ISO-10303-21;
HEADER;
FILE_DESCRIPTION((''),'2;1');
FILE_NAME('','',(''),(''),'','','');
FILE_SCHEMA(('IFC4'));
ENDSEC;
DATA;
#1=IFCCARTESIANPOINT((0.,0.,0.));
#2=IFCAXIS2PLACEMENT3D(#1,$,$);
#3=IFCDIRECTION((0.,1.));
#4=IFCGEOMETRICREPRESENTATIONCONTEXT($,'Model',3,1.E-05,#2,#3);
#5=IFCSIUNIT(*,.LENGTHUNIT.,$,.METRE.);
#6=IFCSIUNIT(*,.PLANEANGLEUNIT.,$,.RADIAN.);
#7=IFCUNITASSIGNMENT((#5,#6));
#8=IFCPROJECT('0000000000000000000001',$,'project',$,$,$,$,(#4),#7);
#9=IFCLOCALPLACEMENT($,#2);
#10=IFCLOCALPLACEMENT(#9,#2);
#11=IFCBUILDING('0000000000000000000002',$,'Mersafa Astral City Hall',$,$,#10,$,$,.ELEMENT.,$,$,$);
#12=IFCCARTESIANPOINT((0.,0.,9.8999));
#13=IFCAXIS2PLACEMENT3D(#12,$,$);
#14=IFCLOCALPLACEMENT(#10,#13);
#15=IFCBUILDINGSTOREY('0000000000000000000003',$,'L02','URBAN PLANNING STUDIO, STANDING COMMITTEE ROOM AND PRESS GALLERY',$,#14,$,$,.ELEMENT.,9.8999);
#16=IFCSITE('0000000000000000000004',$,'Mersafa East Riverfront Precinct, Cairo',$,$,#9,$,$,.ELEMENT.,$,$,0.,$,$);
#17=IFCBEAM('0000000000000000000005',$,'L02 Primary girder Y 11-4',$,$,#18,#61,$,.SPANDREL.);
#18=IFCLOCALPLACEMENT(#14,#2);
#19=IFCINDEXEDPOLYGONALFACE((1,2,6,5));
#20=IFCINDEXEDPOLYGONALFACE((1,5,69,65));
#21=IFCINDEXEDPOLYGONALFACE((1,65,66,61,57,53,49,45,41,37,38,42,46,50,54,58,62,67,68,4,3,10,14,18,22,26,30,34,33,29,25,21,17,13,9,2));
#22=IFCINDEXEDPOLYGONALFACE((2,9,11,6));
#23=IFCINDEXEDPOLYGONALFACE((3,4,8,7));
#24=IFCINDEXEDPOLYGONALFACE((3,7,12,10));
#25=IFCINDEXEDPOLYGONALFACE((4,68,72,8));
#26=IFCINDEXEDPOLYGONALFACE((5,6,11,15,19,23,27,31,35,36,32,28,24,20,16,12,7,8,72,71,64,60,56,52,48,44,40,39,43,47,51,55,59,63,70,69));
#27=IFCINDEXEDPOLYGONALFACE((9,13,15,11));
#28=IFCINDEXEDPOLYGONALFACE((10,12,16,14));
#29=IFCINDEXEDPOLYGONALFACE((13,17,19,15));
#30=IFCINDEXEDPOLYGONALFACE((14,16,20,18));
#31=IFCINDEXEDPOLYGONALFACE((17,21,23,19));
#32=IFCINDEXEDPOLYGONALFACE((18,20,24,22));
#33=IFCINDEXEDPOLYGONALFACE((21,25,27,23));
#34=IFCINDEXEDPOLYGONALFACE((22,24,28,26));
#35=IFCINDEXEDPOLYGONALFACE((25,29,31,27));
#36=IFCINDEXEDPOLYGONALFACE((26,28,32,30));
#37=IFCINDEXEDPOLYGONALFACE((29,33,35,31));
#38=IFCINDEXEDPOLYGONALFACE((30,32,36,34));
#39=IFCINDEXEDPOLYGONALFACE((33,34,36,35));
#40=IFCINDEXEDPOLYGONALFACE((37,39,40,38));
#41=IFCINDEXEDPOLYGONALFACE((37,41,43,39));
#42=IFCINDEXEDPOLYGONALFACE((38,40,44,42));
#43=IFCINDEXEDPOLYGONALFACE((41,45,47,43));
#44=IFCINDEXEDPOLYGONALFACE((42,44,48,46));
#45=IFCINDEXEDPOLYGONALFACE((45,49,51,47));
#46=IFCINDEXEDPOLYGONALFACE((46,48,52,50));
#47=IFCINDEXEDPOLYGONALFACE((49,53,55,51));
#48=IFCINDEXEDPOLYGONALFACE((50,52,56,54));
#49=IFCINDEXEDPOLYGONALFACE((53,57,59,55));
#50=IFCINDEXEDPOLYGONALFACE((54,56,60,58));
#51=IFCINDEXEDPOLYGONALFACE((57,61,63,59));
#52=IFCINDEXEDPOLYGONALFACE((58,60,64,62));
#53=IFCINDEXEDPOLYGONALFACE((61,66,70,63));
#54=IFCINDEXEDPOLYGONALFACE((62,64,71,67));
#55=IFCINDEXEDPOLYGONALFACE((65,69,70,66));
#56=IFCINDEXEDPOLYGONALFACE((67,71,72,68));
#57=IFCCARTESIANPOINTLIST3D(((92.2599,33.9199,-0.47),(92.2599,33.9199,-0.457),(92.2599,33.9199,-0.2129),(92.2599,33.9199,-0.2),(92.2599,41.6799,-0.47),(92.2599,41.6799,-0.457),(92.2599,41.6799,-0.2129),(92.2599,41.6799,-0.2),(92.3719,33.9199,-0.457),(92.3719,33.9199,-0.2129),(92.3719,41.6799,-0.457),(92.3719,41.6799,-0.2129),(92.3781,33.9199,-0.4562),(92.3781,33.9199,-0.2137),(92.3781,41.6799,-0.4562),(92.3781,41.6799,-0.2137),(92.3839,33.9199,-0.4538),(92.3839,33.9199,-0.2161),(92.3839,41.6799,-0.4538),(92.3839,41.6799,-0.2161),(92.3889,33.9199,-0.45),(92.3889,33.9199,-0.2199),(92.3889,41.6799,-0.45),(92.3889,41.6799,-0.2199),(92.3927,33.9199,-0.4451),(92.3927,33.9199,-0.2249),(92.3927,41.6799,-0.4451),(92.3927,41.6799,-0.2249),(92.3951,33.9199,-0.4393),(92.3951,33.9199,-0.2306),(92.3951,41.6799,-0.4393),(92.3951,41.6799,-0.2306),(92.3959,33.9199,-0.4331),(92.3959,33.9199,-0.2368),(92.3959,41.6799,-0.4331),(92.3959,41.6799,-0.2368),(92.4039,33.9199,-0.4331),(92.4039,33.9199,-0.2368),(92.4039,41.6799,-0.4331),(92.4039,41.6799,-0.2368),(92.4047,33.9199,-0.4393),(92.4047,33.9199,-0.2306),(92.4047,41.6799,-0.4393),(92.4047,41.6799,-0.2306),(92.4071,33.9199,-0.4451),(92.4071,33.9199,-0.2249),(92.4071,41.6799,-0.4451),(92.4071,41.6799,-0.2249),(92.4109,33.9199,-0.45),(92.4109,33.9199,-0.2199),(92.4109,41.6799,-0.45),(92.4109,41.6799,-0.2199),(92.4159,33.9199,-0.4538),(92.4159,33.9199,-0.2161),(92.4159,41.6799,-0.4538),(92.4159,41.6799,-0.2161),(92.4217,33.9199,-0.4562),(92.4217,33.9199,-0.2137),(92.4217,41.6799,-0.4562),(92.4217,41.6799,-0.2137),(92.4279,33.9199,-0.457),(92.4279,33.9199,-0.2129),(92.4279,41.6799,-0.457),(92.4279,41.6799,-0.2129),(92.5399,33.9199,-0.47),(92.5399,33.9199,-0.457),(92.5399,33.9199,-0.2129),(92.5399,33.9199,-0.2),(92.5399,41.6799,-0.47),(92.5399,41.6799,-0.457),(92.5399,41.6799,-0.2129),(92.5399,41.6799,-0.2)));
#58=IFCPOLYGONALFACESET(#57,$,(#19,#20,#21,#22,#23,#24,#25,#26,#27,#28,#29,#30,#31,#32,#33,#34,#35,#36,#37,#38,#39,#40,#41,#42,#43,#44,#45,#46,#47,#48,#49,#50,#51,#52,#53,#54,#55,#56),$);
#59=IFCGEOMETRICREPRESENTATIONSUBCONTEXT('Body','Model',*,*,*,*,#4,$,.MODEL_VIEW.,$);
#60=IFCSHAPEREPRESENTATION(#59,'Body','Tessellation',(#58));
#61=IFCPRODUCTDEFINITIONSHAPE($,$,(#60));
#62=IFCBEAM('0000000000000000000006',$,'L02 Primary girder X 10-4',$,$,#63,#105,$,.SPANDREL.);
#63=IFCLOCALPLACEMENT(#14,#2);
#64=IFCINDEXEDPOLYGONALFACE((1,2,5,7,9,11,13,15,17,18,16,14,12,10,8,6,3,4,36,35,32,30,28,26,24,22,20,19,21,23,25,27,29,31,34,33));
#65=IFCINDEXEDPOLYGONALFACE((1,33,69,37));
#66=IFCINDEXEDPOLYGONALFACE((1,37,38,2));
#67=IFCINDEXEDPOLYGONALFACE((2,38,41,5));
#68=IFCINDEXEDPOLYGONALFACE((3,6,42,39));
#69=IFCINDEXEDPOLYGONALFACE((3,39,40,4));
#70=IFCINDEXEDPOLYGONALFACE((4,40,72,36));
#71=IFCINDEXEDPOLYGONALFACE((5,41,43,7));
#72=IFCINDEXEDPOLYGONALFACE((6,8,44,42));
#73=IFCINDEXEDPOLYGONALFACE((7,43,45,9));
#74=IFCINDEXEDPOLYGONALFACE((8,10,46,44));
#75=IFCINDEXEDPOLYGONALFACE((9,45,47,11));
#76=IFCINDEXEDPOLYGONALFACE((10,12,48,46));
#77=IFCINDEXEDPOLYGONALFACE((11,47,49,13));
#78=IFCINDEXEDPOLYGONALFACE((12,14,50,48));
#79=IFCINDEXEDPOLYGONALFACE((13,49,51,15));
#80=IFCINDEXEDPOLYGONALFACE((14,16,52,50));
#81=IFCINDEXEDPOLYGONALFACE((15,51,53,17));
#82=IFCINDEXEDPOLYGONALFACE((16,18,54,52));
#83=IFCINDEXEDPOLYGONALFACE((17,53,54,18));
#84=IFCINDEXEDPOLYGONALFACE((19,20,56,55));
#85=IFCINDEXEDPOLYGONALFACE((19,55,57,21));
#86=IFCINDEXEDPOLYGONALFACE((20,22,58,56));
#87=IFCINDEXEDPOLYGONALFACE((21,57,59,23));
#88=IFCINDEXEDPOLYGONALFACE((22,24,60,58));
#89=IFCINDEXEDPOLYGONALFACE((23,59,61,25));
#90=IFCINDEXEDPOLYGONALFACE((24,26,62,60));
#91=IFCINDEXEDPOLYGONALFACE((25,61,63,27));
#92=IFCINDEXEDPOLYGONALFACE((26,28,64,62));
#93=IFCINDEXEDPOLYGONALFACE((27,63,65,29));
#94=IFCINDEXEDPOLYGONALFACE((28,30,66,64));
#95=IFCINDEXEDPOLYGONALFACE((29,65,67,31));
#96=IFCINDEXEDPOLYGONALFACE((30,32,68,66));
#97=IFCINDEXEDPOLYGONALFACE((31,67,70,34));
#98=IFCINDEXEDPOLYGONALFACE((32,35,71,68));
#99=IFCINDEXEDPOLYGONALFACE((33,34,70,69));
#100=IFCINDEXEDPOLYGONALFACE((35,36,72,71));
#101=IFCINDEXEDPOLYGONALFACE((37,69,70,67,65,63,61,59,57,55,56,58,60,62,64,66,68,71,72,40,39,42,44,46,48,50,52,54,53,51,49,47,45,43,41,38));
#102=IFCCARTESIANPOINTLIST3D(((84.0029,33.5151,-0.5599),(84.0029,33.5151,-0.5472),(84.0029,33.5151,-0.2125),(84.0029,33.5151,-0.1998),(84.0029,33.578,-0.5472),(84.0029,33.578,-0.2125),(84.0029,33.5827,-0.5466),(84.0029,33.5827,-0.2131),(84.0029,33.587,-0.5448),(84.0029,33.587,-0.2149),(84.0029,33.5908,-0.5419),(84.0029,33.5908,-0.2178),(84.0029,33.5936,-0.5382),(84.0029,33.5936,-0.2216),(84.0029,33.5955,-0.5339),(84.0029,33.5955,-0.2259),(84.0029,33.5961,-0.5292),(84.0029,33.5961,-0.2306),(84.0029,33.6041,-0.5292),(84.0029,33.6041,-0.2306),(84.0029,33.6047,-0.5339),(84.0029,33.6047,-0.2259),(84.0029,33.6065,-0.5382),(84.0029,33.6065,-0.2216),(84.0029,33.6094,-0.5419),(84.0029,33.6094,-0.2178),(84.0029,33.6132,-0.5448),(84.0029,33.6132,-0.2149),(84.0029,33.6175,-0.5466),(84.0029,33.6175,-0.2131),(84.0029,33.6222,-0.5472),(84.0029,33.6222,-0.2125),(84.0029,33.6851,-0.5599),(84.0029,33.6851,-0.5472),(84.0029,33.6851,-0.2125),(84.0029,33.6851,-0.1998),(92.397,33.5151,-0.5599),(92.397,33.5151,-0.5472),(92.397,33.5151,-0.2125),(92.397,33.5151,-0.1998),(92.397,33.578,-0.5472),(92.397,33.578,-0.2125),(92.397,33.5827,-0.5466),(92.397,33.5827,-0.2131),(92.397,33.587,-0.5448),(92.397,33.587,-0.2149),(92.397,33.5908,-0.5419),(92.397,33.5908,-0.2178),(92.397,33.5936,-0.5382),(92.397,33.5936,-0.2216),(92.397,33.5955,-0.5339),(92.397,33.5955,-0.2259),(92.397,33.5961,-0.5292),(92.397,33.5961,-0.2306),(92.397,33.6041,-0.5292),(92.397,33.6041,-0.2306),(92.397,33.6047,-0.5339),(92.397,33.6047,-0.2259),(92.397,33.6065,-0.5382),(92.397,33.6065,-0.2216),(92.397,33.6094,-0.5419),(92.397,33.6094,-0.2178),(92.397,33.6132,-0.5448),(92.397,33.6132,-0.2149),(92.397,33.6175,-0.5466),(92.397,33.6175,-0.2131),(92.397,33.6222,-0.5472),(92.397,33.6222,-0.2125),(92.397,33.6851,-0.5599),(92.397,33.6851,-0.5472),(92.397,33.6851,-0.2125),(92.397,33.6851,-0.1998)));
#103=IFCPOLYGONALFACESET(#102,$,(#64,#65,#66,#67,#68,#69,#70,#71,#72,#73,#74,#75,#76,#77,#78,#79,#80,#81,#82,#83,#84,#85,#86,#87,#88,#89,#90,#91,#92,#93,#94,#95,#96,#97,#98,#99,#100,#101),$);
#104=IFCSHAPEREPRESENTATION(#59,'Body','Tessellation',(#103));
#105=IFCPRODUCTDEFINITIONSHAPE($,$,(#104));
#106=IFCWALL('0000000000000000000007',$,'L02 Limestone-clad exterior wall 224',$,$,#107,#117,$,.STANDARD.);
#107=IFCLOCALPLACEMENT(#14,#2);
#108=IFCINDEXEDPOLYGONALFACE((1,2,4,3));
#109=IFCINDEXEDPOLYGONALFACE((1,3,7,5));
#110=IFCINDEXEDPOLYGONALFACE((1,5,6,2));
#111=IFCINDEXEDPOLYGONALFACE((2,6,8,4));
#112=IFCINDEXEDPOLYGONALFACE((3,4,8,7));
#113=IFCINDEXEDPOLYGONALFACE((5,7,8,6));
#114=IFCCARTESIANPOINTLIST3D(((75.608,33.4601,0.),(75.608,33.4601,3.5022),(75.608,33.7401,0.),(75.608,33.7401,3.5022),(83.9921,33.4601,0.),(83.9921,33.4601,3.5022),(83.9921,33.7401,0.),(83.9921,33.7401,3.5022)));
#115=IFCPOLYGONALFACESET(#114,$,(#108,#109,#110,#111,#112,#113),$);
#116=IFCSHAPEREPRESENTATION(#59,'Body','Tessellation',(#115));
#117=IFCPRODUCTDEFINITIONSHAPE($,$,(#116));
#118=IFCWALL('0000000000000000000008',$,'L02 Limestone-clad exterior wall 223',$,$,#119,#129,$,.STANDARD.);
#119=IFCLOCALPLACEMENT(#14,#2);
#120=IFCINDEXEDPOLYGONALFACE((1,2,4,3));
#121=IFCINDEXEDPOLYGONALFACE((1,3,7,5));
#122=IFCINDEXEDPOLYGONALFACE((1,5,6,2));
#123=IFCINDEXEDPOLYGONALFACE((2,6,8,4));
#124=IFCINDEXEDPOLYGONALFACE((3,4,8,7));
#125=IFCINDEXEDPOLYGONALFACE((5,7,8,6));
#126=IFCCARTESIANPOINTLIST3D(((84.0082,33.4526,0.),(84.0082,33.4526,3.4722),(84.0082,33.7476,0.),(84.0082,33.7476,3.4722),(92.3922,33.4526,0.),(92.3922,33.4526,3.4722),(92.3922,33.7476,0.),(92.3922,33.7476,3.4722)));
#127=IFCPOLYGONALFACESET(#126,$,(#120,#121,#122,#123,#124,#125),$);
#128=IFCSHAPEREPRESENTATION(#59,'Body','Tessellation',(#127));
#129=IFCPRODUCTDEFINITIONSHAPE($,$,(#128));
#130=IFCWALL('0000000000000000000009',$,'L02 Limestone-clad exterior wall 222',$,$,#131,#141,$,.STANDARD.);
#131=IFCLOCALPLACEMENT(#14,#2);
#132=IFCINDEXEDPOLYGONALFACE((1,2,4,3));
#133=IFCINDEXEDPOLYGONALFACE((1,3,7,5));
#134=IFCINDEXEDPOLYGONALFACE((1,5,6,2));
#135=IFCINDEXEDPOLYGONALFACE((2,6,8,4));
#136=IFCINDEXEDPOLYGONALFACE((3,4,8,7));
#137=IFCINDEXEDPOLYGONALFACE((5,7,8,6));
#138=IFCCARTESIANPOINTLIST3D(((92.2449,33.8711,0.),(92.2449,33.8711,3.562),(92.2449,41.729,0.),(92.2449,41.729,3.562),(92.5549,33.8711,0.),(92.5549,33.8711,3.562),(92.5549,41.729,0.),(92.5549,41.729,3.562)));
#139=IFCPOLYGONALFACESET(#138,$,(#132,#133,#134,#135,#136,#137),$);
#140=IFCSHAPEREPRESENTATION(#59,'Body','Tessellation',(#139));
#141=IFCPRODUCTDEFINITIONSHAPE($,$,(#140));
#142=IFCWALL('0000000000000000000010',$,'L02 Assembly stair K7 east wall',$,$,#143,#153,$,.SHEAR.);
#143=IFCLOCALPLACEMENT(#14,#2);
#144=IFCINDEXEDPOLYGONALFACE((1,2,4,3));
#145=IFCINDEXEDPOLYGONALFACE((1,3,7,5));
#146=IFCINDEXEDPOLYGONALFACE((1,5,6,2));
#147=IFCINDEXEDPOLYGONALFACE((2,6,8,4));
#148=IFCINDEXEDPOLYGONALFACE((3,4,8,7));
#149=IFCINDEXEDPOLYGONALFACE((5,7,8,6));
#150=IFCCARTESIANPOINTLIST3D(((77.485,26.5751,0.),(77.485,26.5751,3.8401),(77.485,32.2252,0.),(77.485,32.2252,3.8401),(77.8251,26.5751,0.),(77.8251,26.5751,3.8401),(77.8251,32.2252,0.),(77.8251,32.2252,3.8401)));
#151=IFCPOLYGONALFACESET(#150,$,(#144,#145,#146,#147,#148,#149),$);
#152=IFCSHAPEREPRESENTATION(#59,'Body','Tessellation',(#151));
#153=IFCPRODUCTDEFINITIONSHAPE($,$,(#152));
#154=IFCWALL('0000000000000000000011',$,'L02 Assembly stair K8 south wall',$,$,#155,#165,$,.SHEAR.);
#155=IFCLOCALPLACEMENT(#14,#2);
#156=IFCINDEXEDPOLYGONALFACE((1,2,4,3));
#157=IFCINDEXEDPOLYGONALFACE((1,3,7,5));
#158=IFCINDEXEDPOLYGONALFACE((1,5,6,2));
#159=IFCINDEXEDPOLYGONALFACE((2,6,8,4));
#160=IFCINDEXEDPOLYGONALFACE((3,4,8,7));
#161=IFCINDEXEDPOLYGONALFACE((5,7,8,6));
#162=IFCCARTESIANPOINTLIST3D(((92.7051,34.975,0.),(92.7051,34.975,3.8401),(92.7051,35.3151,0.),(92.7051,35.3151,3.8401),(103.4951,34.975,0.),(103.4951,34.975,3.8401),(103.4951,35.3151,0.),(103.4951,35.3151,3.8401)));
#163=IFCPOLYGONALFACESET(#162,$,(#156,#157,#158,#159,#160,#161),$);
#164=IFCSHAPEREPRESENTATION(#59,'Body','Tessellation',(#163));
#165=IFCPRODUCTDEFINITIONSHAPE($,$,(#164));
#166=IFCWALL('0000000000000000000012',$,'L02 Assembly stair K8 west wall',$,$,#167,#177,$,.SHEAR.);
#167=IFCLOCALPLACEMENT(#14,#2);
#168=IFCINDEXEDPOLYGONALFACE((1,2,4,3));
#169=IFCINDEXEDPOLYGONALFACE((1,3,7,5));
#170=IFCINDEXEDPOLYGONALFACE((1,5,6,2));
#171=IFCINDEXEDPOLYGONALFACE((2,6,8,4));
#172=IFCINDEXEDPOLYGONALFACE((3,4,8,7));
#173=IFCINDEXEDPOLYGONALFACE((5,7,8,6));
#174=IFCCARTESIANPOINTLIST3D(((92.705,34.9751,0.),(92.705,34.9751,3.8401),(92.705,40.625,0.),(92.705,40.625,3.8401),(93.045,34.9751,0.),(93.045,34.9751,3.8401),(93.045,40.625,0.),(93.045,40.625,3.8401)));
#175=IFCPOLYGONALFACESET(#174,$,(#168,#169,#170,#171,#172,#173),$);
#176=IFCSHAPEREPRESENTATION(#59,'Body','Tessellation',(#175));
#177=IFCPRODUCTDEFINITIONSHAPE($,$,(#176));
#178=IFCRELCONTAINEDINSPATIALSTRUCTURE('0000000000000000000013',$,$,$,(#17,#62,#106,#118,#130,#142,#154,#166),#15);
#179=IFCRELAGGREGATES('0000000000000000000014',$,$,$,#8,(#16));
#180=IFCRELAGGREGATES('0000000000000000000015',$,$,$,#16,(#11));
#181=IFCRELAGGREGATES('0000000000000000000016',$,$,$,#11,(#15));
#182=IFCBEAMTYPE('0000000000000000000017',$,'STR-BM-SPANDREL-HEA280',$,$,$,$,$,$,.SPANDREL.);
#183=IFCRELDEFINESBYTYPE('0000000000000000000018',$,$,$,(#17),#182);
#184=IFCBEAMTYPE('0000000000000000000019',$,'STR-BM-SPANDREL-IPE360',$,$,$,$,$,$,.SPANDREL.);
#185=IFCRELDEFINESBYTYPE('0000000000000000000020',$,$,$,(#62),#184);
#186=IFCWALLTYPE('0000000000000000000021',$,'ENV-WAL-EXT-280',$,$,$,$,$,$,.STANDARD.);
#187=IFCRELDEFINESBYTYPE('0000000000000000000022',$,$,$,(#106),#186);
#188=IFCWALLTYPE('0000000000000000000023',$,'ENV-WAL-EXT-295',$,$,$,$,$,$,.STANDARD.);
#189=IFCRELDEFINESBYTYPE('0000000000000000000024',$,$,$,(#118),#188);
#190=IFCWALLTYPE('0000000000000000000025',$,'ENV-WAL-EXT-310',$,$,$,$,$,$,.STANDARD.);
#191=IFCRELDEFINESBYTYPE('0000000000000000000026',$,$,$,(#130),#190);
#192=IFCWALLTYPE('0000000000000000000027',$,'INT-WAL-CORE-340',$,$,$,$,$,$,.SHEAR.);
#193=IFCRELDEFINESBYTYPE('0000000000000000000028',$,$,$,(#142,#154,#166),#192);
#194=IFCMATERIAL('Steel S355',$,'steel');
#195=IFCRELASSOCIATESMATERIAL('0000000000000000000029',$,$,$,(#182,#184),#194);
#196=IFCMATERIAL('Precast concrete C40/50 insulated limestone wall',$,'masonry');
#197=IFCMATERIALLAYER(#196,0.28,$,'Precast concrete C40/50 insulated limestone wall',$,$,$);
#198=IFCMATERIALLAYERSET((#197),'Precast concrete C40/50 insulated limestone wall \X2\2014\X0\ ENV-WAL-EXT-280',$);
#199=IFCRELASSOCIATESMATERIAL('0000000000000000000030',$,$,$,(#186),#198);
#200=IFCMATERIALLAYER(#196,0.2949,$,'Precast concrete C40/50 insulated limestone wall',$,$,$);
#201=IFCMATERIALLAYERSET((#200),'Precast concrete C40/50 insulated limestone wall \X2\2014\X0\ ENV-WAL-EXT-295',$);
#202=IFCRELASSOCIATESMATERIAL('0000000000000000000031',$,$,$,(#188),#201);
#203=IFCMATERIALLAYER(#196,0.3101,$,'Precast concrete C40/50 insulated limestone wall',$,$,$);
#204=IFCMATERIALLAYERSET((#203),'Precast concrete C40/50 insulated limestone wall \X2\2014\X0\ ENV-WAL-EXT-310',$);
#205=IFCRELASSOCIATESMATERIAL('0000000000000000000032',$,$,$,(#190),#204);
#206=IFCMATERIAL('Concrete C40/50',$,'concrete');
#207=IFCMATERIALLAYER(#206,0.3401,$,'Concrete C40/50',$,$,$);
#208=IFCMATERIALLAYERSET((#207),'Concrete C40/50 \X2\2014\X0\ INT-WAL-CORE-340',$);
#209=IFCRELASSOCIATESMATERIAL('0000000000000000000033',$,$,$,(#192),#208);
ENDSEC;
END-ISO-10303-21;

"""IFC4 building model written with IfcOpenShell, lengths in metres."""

from ifc_helpers import new_model, si_unit, direction, frame, frame_2d, origin, origin_2d, place, context, subcontext, project, spatial, rectangle, i_section, extrude, material, layer, layer_set, material_profile, profile_set, type_object, element, save


model = new_model("IFC4")

# Units and contexts
model_context = context("Model", 3, precision=1e-05, world=origin(), true_north=direction((0.0, 1.0)))
body_context = subcontext(model_context, "Body", "Model", "MODEL_VIEW")
ifc_project = project(units=[si_unit("LENGTHUNIT", "METRE"), si_unit("PLANEANGLEUNIT", "RADIAN")], contexts=[model_context])

# Site, building, storey
site_placement = place(None, origin())
site = spatial("IfcSite", under=ifc_project, at=site_placement, Name="Mersafa East Riverfront Precinct, Cairo", CompositionType="ELEMENT", RefElevation=0.0)
building_placement = place(site_placement, origin())
building = spatial("IfcBuilding", under=site, at=building_placement, Name="Mersafa Astral City Hall", CompositionType="ELEMENT")
storey_placement = place(building_placement, frame((0.0, 0.0, 9.8999)))
storey = spatial("IfcBuildingStorey", under=building, at=storey_placement, Name="L02", Description="URBAN PLANNING STUDIO, STANDING COMMITTEE ROOM AND PRESS GALLERY", CompositionType="ELEMENT", Elevation=9.8999)

# Shared definitions
ifc_material_1 = material(Name="Steel S355", Category="steel")

# Beams
ifc_material_profile_1 = material_profile(ifc_material_1, i_section(OverallWidth=0.28, OverallDepth=0.27, WebThickness=0.0081, FlangeThickness=0.0129, FilletRadius=0.0239, at=origin_2d()), Name="HEA 280")
ifc_profile_set_1 = profile_set([ifc_material_profile_1], Name="Steel S355")
beam_type_1 = type_object("IfcBeamType", Name="STR-BM-SPANDREL-HEA280", PredefinedType="SPANDREL", material=ifc_profile_set_1)
beam_1_placement = place(storey_placement, frame((92.3999, 33.9199, -0.335), z_axis=(0.0, 1.0, 0.0), x_axis=(-1.0, 0.0, 0.0)))
element("IfcBeam", 1, at=beam_1_placement, inside=storey, type_object=beam_type_1, Name="L02 Primary girder Y 11-4", PredefinedType="SPANDREL", context=body_context, shape_type="SweptSolid", body=[
    extrude(i_section(OverallWidth=0.28, OverallDepth=0.27, WebThickness=0.0081, FlangeThickness=0.0129, FilletRadius=0.0239, at=origin_2d()), origin(), (0.0, 0.0, 1.0), 7.76),
])
ifc_material_profile_2 = material_profile(ifc_material_1, i_section(OverallWidth=0.1699, OverallDepth=0.3601, WebThickness=0.0081, FlangeThickness=0.0127, FilletRadius=0.0181, at=origin_2d()), Name="IPE 360")
ifc_profile_set_2 = profile_set([ifc_material_profile_2], Name="Steel S355")
beam_type_2 = type_object("IfcBeamType", Name="STR-BM-SPANDREL-IPE360", PredefinedType="SPANDREL", material=ifc_profile_set_2)
beam_2_placement = place(storey_placement, frame((84.0029, 33.6001, -0.3799), z_axis=(1.0, 0.0, 0.0), x_axis=(0.0, 1.0, 0.0)))
element("IfcBeam", 2, at=beam_2_placement, inside=storey, type_object=beam_type_2, Name="L02 Primary girder X 10-4", PredefinedType="SPANDREL", context=body_context, shape_type="SweptSolid", body=[
    extrude(i_section(OverallWidth=0.1699, OverallDepth=0.3601, WebThickness=0.0081, FlangeThickness=0.0127, FilletRadius=0.0181, at=origin_2d()), origin(), (0.0, 0.0, 1.0), 8.394),
])

# Walls
ifc_material_2 = material(Name="Precast concrete C40/50 insulated limestone wall", Category="masonry")
ifc_layer_1 = layer(ifc_material_2, 0.28, Name="Precast concrete C40/50 insulated limestone wall")
ifc_layer_set_1 = layer_set([ifc_layer_1], Name="Precast concrete C40/50 insulated limestone wall — ENV-WAL-EXT-280")
wall_type_1 = type_object("IfcWallType", Name="ENV-WAL-EXT-280", PredefinedType="STANDARD", material=ifc_layer_set_1)
wall_1_placement = place(storey_placement, frame((83.9919, 33.6001, 0.0), z_axis=(0.0, 0.0, 1.0), x_axis=(-1.0, 0.0, 0.0)))
element("IfcWall", 3, at=wall_1_placement, inside=storey, type_object=wall_type_1, Name="L02 Limestone-clad exterior wall 224", PredefinedType="STANDARD", context=body_context, shape_type="SweptSolid", body=[
    extrude(rectangle(XDim=8.384, YDim=0.28, at=frame_2d((4.1919, 0.0))), origin(), (0.0, 0.0, 1.0), 3.5022),
])
ifc_layer_2 = layer(ifc_material_2, 0.2949, Name="Precast concrete C40/50 insulated limestone wall")
ifc_layer_set_2 = layer_set([ifc_layer_2], Name="Precast concrete C40/50 insulated limestone wall — ENV-WAL-EXT-295")
wall_type_2 = type_object("IfcWallType", Name="ENV-WAL-EXT-295", PredefinedType="STANDARD", material=ifc_layer_set_2)
wall_2_placement = place(storey_placement, frame((92.3921, 33.6001, 0.0), z_axis=(0.0, 0.0, 1.0), x_axis=(-1.0, 0.0, 0.0)))
element("IfcWall", 4, at=wall_2_placement, inside=storey, type_object=wall_type_2, Name="L02 Limestone-clad exterior wall 223", PredefinedType="STANDARD", context=body_context, shape_type="SweptSolid", body=[
    extrude(rectangle(XDim=8.384, YDim=0.2949, at=frame_2d((4.1919, 0.0))), origin(), (0.0, 0.0, 1.0), 3.4722),
])
ifc_layer_3 = layer(ifc_material_2, 0.3101, Name="Precast concrete C40/50 insulated limestone wall")
ifc_layer_set_3 = layer_set([ifc_layer_3], Name="Precast concrete C40/50 insulated limestone wall — ENV-WAL-EXT-310")
wall_type_3 = type_object("IfcWallType", Name="ENV-WAL-EXT-310", PredefinedType="STANDARD", material=ifc_layer_set_3)
wall_3_placement = place(storey_placement, frame((92.3999, 41.729, 0.0), z_axis=(0.0, 0.0, 1.0), x_axis=(0.0, -1.0, 0.0)))
element("IfcWall", 5, at=wall_3_placement, inside=storey, type_object=wall_type_3, Name="L02 Limestone-clad exterior wall 222", PredefinedType="STANDARD", context=body_context, shape_type="SweptSolid", body=[
    extrude(rectangle(XDim=7.8579, YDim=0.3101, at=frame_2d((3.929, 0.0))), origin(), (0.0, 0.0, 1.0), 3.562),
])
ifc_material_3 = material(Name="Concrete C40/50", Category="concrete")
ifc_layer_4 = layer(ifc_material_3, 0.3401, Name="Concrete C40/50")
ifc_layer_set_4 = layer_set([ifc_layer_4], Name="Concrete C40/50 — INT-WAL-CORE-340")
wall_type_4 = type_object("IfcWallType", Name="INT-WAL-CORE-340", PredefinedType="SHEAR", material=ifc_layer_set_4)
wall_4_placement = place(storey_placement, frame((77.655, 26.575, 0.0), z_axis=(0.0, 0.0, 1.0), x_axis=(0.0, 1.0, 0.0)))
element("IfcWall", 6, at=wall_4_placement, inside=storey, type_object=wall_type_4, Name="L02 Assembly stair K7 east wall", PredefinedType="SHEAR", context=body_context, shape_type="SweptSolid", body=[
    extrude(rectangle(XDim=5.6501, YDim=0.3401, at=frame_2d((2.8252, 0.0))), origin(), (0.0, 0.0, 1.0), 3.8401),
])
wall_5_placement = place(storey_placement, frame((92.7051, 35.145, 0.0), z_axis=(0.0, 0.0, 1.0), x_axis=(1.0, 0.0, 0.0)))
element("IfcWall", 7, at=wall_5_placement, inside=storey, type_object=wall_type_4, Name="L02 Assembly stair K8 south wall", PredefinedType="SHEAR", context=body_context, shape_type="SweptSolid", body=[
    extrude(rectangle(XDim=10.79, YDim=0.3401, at=frame_2d((5.395, 0.0))), origin(), (0.0, 0.0, 1.0), 3.8401),
])
wall_6_placement = place(storey_placement, frame((92.875, 34.9751, 0.0), z_axis=(0.0, 0.0, 1.0), x_axis=(0.0, 1.0, 0.0)))
element("IfcWall", 8, at=wall_6_placement, inside=storey, type_object=wall_type_4, Name="L02 Assembly stair K8 west wall", PredefinedType="SHEAR", context=body_context, shape_type="SweptSolid", body=[
    extrude(rectangle(XDim=5.6499, YDim=0.3401, at=frame_2d((2.825, 0.0))), origin(), (0.0, 0.0, 1.0), 3.8401),
])

save(model, "model.ifc")
